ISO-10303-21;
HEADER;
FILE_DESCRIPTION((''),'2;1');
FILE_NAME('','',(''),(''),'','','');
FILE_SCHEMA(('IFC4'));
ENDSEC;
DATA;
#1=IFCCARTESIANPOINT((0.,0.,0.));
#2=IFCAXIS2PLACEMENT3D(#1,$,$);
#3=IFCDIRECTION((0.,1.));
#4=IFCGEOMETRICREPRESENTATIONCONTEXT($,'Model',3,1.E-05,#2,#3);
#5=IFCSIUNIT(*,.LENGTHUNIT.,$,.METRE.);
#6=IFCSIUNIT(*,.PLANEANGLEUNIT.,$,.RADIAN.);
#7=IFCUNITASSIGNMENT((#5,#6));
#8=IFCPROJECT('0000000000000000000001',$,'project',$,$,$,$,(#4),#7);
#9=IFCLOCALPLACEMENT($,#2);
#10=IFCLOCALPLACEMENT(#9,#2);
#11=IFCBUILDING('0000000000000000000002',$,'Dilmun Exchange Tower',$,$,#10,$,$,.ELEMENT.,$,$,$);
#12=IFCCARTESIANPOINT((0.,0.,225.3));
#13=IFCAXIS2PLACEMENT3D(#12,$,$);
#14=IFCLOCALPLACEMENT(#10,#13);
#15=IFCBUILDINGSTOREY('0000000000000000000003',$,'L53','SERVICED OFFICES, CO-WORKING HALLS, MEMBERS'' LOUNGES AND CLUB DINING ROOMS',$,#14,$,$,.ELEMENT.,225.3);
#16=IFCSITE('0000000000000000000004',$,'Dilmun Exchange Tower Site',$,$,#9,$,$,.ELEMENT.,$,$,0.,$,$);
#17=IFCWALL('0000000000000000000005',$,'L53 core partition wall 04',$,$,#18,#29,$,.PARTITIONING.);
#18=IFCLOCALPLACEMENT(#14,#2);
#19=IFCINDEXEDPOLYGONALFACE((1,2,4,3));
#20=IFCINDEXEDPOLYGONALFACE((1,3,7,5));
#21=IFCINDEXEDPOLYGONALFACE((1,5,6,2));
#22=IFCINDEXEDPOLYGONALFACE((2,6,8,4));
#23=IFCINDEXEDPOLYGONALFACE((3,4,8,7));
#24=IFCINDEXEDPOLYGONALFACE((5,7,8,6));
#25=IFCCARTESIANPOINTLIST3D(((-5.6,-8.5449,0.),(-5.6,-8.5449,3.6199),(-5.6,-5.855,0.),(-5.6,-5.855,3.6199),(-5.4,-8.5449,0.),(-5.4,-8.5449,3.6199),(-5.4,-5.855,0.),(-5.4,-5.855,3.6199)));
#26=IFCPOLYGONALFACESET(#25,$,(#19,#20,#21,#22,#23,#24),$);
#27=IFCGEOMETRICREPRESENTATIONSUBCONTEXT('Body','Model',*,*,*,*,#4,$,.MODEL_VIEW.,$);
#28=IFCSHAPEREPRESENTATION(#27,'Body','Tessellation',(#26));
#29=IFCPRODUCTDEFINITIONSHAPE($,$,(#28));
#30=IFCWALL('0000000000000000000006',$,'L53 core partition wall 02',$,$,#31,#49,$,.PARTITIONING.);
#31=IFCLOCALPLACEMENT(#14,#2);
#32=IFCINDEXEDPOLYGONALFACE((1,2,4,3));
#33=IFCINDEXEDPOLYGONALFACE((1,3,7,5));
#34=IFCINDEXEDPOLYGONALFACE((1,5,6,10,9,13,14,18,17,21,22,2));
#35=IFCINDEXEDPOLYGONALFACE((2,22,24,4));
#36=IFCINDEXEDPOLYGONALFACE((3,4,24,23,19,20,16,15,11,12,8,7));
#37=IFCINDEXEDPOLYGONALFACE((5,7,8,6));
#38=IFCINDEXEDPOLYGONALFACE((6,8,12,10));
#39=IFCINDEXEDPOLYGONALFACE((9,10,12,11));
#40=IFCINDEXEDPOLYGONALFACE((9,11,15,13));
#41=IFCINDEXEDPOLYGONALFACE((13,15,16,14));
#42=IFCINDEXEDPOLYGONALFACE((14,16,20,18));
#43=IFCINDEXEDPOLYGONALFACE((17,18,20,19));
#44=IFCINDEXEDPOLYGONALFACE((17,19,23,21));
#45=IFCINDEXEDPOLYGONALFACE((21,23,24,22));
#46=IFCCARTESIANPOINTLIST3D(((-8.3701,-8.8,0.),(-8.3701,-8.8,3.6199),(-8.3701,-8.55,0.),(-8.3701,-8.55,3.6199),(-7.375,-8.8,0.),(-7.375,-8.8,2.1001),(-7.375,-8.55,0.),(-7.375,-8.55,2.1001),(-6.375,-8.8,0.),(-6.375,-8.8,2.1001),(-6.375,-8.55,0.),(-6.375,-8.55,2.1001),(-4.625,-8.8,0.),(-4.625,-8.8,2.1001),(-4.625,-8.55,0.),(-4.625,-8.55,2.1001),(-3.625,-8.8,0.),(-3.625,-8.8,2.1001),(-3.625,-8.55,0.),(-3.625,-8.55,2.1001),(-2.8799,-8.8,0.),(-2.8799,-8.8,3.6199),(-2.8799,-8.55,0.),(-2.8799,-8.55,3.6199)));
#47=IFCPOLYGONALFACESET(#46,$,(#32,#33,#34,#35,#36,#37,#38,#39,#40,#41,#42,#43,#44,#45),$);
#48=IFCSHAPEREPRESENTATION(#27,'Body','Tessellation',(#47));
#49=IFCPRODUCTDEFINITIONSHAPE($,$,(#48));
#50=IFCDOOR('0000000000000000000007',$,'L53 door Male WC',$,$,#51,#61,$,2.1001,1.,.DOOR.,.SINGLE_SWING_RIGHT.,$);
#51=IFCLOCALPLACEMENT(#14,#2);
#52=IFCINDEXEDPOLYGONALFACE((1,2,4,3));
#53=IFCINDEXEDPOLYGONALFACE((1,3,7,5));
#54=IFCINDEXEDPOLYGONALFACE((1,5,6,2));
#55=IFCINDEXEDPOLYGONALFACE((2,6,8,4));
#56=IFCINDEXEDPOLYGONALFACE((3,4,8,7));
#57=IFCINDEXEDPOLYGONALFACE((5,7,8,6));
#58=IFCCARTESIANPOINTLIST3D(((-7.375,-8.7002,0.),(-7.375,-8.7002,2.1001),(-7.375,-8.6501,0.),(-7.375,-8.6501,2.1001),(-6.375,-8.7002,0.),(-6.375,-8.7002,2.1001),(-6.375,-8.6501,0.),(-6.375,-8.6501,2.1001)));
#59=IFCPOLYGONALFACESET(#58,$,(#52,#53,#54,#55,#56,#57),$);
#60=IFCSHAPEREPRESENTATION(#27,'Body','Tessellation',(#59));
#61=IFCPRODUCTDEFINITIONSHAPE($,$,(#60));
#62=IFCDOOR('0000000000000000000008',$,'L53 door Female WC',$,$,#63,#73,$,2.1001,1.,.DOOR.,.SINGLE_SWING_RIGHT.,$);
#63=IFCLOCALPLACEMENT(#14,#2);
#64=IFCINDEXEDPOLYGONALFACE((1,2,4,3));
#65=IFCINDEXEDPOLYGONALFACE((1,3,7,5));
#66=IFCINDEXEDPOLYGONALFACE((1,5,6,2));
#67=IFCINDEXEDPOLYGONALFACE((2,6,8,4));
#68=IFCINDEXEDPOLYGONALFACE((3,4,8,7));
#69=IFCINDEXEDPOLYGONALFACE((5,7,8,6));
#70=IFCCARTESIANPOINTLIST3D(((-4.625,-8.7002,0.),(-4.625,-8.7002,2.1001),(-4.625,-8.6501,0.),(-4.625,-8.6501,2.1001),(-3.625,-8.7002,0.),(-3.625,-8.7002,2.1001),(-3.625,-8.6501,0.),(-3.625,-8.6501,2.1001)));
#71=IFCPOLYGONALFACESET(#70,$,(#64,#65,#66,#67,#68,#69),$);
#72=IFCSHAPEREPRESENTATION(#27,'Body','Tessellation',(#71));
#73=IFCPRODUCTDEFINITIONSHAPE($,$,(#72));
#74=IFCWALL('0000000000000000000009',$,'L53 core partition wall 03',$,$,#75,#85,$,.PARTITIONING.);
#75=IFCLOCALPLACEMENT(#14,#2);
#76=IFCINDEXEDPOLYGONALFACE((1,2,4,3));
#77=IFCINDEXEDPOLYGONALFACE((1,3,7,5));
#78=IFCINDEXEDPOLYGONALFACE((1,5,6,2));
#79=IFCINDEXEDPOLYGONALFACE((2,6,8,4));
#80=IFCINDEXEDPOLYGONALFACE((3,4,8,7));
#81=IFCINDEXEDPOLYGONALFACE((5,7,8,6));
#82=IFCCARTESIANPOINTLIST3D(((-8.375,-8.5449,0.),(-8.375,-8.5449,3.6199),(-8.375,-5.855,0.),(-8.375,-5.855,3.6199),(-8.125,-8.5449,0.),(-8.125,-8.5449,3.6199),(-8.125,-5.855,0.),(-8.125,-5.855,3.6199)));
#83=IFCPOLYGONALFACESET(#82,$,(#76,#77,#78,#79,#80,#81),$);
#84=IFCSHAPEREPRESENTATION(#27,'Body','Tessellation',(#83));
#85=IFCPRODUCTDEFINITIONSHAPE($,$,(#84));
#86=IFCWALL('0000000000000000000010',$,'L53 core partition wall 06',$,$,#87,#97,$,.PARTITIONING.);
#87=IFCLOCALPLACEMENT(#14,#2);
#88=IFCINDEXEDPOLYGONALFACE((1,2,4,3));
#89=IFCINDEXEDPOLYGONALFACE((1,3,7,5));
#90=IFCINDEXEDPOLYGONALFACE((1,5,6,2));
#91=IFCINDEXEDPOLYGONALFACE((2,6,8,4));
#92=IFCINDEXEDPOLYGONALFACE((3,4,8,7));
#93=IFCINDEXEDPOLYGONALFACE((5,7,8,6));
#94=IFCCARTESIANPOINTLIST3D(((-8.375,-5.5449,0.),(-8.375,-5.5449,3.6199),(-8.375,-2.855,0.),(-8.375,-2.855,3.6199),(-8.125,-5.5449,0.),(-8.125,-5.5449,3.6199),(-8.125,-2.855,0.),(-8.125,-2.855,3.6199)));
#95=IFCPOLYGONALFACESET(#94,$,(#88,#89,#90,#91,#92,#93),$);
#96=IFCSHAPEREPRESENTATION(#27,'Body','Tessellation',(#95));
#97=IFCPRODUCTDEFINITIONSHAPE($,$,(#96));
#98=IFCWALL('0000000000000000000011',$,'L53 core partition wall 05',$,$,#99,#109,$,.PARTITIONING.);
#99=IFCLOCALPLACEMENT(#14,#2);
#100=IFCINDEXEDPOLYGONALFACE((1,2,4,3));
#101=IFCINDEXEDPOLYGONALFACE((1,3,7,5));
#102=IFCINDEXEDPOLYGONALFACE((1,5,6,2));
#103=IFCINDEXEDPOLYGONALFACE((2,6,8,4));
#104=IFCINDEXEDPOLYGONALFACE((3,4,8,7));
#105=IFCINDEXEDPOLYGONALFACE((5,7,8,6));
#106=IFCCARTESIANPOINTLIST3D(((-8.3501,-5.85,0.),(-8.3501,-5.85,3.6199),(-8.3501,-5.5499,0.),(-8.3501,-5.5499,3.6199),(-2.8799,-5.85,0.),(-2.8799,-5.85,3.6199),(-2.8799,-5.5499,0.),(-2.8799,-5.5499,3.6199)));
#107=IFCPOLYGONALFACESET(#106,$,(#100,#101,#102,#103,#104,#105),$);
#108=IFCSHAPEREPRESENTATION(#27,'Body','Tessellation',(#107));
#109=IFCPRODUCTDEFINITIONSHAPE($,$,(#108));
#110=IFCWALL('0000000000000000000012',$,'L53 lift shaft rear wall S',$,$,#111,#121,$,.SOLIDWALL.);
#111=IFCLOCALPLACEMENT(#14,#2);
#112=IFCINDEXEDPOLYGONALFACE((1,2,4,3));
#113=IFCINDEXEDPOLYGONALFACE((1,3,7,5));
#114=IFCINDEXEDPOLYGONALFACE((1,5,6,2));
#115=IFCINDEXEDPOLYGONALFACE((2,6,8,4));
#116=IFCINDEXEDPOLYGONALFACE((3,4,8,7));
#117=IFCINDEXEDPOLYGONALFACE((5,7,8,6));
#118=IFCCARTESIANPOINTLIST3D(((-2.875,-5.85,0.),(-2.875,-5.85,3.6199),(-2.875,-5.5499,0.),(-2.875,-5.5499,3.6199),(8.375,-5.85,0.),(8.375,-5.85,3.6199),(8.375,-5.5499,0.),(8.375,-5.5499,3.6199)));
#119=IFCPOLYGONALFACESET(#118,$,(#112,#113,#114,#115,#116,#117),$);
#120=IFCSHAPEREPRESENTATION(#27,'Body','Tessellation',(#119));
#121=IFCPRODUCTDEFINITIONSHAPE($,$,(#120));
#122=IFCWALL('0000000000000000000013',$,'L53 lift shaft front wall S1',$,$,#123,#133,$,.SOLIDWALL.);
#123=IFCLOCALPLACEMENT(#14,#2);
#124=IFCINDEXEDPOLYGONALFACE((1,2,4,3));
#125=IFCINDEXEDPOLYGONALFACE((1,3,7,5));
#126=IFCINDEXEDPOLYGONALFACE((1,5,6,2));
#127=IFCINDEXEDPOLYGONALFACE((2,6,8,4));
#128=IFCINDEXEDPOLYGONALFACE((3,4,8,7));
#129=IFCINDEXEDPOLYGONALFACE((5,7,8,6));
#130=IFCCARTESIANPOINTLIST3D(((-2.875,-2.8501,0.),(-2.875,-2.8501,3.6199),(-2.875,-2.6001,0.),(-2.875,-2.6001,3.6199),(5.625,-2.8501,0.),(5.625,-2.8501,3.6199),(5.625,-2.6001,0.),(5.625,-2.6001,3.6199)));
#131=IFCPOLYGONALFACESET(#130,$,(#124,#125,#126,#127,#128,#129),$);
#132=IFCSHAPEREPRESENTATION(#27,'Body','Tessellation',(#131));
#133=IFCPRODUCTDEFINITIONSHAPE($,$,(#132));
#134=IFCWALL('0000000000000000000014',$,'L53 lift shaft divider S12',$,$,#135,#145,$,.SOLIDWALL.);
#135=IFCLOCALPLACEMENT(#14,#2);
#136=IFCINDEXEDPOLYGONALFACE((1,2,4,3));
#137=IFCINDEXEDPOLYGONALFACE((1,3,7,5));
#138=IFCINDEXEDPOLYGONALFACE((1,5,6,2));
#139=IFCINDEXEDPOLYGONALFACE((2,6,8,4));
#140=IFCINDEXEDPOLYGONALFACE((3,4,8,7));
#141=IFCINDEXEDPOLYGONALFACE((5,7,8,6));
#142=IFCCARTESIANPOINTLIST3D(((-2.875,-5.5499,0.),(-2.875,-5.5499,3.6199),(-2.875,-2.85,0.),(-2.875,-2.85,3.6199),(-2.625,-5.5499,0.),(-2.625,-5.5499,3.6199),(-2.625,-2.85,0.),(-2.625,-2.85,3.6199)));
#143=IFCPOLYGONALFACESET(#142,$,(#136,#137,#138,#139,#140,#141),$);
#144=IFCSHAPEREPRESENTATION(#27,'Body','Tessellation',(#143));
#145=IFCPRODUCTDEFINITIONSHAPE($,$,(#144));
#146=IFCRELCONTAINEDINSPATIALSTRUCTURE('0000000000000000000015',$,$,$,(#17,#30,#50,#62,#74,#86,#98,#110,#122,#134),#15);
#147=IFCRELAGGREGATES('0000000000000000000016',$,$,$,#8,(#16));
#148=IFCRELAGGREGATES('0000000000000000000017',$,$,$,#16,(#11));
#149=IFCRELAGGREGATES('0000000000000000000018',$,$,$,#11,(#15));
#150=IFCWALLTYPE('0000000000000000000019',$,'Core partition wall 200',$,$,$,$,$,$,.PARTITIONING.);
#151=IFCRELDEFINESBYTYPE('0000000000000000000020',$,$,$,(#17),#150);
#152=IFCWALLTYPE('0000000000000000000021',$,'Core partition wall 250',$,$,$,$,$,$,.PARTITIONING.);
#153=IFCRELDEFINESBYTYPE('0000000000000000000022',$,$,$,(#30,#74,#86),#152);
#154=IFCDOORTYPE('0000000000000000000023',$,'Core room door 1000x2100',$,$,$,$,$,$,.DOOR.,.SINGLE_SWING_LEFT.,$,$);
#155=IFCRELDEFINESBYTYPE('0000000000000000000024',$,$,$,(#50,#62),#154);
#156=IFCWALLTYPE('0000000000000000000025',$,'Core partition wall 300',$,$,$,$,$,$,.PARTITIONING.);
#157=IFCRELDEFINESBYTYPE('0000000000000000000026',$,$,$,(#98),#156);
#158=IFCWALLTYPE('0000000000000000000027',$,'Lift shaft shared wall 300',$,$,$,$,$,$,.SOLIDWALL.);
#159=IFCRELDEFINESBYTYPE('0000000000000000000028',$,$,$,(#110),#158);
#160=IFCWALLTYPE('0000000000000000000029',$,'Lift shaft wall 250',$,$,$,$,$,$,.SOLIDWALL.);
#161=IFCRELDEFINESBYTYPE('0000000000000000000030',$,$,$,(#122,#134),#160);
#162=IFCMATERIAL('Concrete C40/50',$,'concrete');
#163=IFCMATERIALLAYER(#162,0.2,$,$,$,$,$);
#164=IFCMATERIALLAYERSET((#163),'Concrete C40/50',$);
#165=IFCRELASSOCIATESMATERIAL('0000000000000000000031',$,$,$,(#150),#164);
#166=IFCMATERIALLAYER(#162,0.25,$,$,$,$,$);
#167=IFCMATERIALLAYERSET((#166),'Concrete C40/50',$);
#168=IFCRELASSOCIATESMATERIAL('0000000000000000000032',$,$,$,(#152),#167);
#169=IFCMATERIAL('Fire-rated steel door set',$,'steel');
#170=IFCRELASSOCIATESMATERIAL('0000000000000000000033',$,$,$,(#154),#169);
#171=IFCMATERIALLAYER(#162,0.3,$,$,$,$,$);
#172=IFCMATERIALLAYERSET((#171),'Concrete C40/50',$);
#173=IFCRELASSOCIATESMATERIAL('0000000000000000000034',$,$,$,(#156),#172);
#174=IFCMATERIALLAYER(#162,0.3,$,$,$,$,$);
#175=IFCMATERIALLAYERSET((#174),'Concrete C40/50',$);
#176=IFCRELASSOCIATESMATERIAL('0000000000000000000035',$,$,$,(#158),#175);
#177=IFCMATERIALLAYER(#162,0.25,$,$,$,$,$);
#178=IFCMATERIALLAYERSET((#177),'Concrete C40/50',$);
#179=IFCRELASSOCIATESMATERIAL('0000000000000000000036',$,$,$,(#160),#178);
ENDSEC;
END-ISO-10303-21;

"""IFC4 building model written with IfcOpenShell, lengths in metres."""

from ifc_helpers import new_model, si_unit, direction, frame, frame_2d, origin, place, context, subcontext, project, spatial, rectangle, extrude, material, layer, layer_set, type_object, element, fill, save


model = new_model("IFC4")

# Units and contexts
model_context = context("Model", 3, precision=1e-05, world=origin(), true_north=direction((0.0, 1.0)))
body_context = subcontext(model_context, "Body", "Model", "MODEL_VIEW")
ifc_project = project(units=[si_unit("LENGTHUNIT", "METRE"), si_unit("PLANEANGLEUNIT", "RADIAN")], contexts=[model_context])

# Site, building, storey
site_placement = place(None, origin())
site = spatial("IfcSite", under=ifc_project, at=site_placement, Name="Dilmun Exchange Tower Site", CompositionType="ELEMENT", RefElevation=0.0)
building_placement = place(site_placement, origin())
building = spatial("IfcBuilding", under=site, at=building_placement, Name="Dilmun Exchange Tower", CompositionType="ELEMENT")
storey_placement = place(building_placement, frame((0.0, 0.0, 225.3)))
storey = spatial("IfcBuildingStorey", under=building, at=storey_placement, Name="L53", Description="SERVICED OFFICES, CO-WORKING HALLS, MEMBERS' LOUNGES AND CLUB DINING ROOMS", CompositionType="ELEMENT", Elevation=225.3)

# Wall
ifc_material_1 = material(Name="Concrete C40/50", Category="concrete")
ifc_layer_1 = layer(ifc_material_1, 0.2)
ifc_layer_set_1 = layer_set([ifc_layer_1], Name="Concrete C40/50")
wall_type_1 = type_object("IfcWallType", Name="Core partition wall 200", PredefinedType="PARTITIONING", material=ifc_layer_set_1)
wall_1_placement = place(storey_placement, frame((-5.5, -8.5449, 0.0), z_axis=(0.0, 0.0, 1.0), x_axis=(0.0, 1.0, 0.0)))
element("IfcWall", 1, at=wall_1_placement, inside=storey, type_object=wall_type_1, Name="L53 core partition wall 04", PredefinedType="PARTITIONING", context=body_context, shape_type="SweptSolid", body=[
    extrude(rectangle(XDim=2.6899, YDim=0.2, at=frame_2d((1.345, 0.0))), origin(), (0.0, 0.0, 1.0), 3.6199),
])

# Shared definitions
ifc_material_2 = material(Name="Fire-rated steel door set", Category="steel")

# Wall, openings, doors
ifc_layer_2 = layer(ifc_material_1, 0.25)
ifc_layer_set_2 = layer_set([ifc_layer_2], Name="Concrete C40/50")
wall_type_2 = type_object("IfcWallType", Name="Core partition wall 250", PredefinedType="PARTITIONING", material=ifc_layer_set_2)
wall_2_placement = place(storey_placement, frame((-8.3701, -8.675, 0.0), z_axis=(0.0, 0.0, 1.0), x_axis=(1.0, 0.0, 0.0)))
wall_2 = element("IfcWall", 2, at=wall_2_placement, inside=storey, type_object=wall_type_2, Name="L53 core partition wall 02", PredefinedType="PARTITIONING", context=body_context, shape_type="SweptSolid", body=[
    extrude(rectangle(XDim=5.4902, YDim=0.25, at=frame_2d((2.7451, 0.0))), origin(), (0.0, 0.0, 1.0), 3.6199),
])
opening_1_placement = place(wall_2_placement, frame((0.9951, 0.0, 0.0)))
opening_1 = element("IfcOpeningElement", 3, at=opening_1_placement, cuts=wall_2, PredefinedType="OPENING", context=body_context, shape_type="SweptSolid", body=[
    extrude(rectangle(XDim=1.0, YDim=2.1001, at=frame_2d((0.5, 1.05))), frame((0.0, 0.135, 0.0), z_axis=(0.0, -1.0, 0.0), x_axis=(1.0, 0.0, 0.0)), (0.0, 0.0, 1.0), 0.27),
])
opening_2_placement = place(wall_2_placement, frame((3.7451, 0.0, 0.0)))
opening_2 = element("IfcOpeningElement", 4, at=opening_2_placement, cuts=wall_2, PredefinedType="OPENING", context=body_context, shape_type="SweptSolid", body=[
    extrude(rectangle(XDim=1.0, YDim=2.1001, at=frame_2d((0.5, 1.05))), frame((0.0, 0.135, 0.0), z_axis=(0.0, -1.0, 0.0), x_axis=(1.0, 0.0, 0.0)), (0.0, 0.0, 1.0), 0.27),
])
door_type_1 = type_object("IfcDoorType", Name="Core room door 1000x2100", OperationType="SINGLE_SWING_LEFT", PredefinedType="DOOR", material=ifc_material_2)
door_1_placement = place(opening_1_placement, origin())
door_1 = element("IfcDoor", 5, at=door_1_placement, inside=storey, type_object=door_type_1, Name="L53 door Male WC", OperationType="SINGLE_SWING_RIGHT", OverallHeight=2.1001, OverallWidth=1.0, PredefinedType="DOOR", context=body_context, shape_type="SweptSolid", body=[
    extrude(rectangle(XDim=1.0, YDim=2.1001, at=frame_2d((0.5, 1.05))), frame((0.0, 0.0249, 0.0), z_axis=(0.0, -1.0, 0.0), x_axis=(1.0, 0.0, 0.0)), (0.0, 0.0, 1.0), 0.05),
])
fill(opening_1, door_1)
door_2_placement = place(opening_2_placement, origin())
door_2 = element("IfcDoor", 6, at=door_2_placement, inside=storey, type_object=door_type_1, Name="L53 door Female WC", OperationType="SINGLE_SWING_RIGHT", OverallHeight=2.1001, OverallWidth=1.0, PredefinedType="DOOR", context=body_context, shape_type="SweptSolid", body=[
    extrude(rectangle(XDim=1.0, YDim=2.1001, at=frame_2d((0.5, 1.05))), frame((0.0, 0.0249, 0.0), z_axis=(0.0, -1.0, 0.0), x_axis=(1.0, 0.0, 0.0)), (0.0, 0.0, 1.0), 0.05),
])
fill(opening_2, door_2)

# Walls
for number, where, z_axis, x_axis, name in (
    (7, (-8.25, -8.5449, 0.0), (0.0, 0.0, 1.0), (0.0, 1.0, 0.0), "L53 core partition wall 03"),
    (8, (-8.25, -5.5449, 0.0), (0.0, 0.0, 1.0), (0.0, 1.0, 0.0), "L53 core partition wall 06"),
):
    element("IfcWall", number, at=place(storey_placement, frame(where, z_axis=z_axis, x_axis=x_axis)), inside=storey, type_object=wall_type_2, Name=name, PredefinedType="PARTITIONING", context=body_context, shape_type="SweptSolid", body=[
        extrude(rectangle(XDim=2.6899, YDim=0.25, at=frame_2d((1.345, 0.0))), origin(), (0.0, 0.0, 1.0), 3.6199),
    ])
ifc_layer_3 = layer(ifc_material_1, 0.3)
ifc_layer_set_3 = layer_set([ifc_layer_3], Name="Concrete C40/50")
wall_type_3 = type_object("IfcWallType", Name="Core partition wall 300", PredefinedType="PARTITIONING", material=ifc_layer_set_3)
wall_3_placement = place(storey_placement, frame((-8.3501, -5.7, 0.0), z_axis=(0.0, 0.0, 1.0), x_axis=(1.0, 0.0, 0.0)))
element("IfcWall", 9, at=wall_3_placement, inside=storey, type_object=wall_type_3, Name="L53 core partition wall 05", PredefinedType="PARTITIONING", context=body_context, shape_type="SweptSolid", body=[
    extrude(rectangle(XDim=5.4702, YDim=0.3, at=frame_2d((2.7351, 0.0))), origin(), (0.0, 0.0, 1.0), 3.6199),
])
ifc_layer_4 = layer(ifc_material_1, 0.3)
ifc_layer_set_4 = layer_set([ifc_layer_4], Name="Concrete C40/50")
wall_type_4 = type_object("IfcWallType", Name="Lift shaft shared wall 300", PredefinedType="SOLIDWALL", material=ifc_layer_set_4)
wall_4_placement = place(storey_placement, frame((-2.875, -5.7, 0.0), z_axis=(0.0, 0.0, 1.0), x_axis=(1.0, 0.0, 0.0)))
element("IfcWall", 10, at=wall_4_placement, inside=storey, type_object=wall_type_4, Name="L53 lift shaft rear wall S", PredefinedType="SOLIDWALL", context=body_context, shape_type="SweptSolid", body=[
    extrude(rectangle(XDim=11.25, YDim=0.3, at=frame_2d((5.625, 0.0))), origin(), (0.0, 0.0, 1.0), 3.6199),
])
ifc_layer_5 = layer(ifc_material_1, 0.25)
ifc_layer_set_5 = layer_set([ifc_layer_5], Name="Concrete C40/50")
wall_type_5 = type_object("IfcWallType", Name="Lift shaft wall 250", PredefinedType="SOLIDWALL", material=ifc_layer_set_5)
wall_5_placement = place(storey_placement, frame((-2.875, -2.7251, 0.0), z_axis=(0.0, 0.0, 1.0), x_axis=(1.0, 0.0, 0.0)))
element("IfcWall", 11, at=wall_5_placement, inside=storey, type_object=wall_type_5, Name="L53 lift shaft front wall S1", PredefinedType="SOLIDWALL", context=body_context, shape_type="SweptSolid", body=[
    extrude(rectangle(XDim=8.5, YDim=0.25, at=frame_2d((4.25, 0.0))), origin(), (0.0, 0.0, 1.0), 3.6199),
])
wall_6_placement = place(storey_placement, frame((-2.75, -5.55, 0.0), z_axis=(0.0, 0.0, 1.0), x_axis=(0.0, 1.0, 0.0)))
element("IfcWall", 12, at=wall_6_placement, inside=storey, type_object=wall_type_5, Name="L53 lift shaft divider S12", PredefinedType="SOLIDWALL", context=body_context, shape_type="SweptSolid", body=[
    extrude(rectangle(XDim=2.7, YDim=0.25, at=frame_2d((1.3501, 0.0))), origin(), (0.0, 0.0, 1.0), 3.6199),
])

save(model, "model.ifc")
